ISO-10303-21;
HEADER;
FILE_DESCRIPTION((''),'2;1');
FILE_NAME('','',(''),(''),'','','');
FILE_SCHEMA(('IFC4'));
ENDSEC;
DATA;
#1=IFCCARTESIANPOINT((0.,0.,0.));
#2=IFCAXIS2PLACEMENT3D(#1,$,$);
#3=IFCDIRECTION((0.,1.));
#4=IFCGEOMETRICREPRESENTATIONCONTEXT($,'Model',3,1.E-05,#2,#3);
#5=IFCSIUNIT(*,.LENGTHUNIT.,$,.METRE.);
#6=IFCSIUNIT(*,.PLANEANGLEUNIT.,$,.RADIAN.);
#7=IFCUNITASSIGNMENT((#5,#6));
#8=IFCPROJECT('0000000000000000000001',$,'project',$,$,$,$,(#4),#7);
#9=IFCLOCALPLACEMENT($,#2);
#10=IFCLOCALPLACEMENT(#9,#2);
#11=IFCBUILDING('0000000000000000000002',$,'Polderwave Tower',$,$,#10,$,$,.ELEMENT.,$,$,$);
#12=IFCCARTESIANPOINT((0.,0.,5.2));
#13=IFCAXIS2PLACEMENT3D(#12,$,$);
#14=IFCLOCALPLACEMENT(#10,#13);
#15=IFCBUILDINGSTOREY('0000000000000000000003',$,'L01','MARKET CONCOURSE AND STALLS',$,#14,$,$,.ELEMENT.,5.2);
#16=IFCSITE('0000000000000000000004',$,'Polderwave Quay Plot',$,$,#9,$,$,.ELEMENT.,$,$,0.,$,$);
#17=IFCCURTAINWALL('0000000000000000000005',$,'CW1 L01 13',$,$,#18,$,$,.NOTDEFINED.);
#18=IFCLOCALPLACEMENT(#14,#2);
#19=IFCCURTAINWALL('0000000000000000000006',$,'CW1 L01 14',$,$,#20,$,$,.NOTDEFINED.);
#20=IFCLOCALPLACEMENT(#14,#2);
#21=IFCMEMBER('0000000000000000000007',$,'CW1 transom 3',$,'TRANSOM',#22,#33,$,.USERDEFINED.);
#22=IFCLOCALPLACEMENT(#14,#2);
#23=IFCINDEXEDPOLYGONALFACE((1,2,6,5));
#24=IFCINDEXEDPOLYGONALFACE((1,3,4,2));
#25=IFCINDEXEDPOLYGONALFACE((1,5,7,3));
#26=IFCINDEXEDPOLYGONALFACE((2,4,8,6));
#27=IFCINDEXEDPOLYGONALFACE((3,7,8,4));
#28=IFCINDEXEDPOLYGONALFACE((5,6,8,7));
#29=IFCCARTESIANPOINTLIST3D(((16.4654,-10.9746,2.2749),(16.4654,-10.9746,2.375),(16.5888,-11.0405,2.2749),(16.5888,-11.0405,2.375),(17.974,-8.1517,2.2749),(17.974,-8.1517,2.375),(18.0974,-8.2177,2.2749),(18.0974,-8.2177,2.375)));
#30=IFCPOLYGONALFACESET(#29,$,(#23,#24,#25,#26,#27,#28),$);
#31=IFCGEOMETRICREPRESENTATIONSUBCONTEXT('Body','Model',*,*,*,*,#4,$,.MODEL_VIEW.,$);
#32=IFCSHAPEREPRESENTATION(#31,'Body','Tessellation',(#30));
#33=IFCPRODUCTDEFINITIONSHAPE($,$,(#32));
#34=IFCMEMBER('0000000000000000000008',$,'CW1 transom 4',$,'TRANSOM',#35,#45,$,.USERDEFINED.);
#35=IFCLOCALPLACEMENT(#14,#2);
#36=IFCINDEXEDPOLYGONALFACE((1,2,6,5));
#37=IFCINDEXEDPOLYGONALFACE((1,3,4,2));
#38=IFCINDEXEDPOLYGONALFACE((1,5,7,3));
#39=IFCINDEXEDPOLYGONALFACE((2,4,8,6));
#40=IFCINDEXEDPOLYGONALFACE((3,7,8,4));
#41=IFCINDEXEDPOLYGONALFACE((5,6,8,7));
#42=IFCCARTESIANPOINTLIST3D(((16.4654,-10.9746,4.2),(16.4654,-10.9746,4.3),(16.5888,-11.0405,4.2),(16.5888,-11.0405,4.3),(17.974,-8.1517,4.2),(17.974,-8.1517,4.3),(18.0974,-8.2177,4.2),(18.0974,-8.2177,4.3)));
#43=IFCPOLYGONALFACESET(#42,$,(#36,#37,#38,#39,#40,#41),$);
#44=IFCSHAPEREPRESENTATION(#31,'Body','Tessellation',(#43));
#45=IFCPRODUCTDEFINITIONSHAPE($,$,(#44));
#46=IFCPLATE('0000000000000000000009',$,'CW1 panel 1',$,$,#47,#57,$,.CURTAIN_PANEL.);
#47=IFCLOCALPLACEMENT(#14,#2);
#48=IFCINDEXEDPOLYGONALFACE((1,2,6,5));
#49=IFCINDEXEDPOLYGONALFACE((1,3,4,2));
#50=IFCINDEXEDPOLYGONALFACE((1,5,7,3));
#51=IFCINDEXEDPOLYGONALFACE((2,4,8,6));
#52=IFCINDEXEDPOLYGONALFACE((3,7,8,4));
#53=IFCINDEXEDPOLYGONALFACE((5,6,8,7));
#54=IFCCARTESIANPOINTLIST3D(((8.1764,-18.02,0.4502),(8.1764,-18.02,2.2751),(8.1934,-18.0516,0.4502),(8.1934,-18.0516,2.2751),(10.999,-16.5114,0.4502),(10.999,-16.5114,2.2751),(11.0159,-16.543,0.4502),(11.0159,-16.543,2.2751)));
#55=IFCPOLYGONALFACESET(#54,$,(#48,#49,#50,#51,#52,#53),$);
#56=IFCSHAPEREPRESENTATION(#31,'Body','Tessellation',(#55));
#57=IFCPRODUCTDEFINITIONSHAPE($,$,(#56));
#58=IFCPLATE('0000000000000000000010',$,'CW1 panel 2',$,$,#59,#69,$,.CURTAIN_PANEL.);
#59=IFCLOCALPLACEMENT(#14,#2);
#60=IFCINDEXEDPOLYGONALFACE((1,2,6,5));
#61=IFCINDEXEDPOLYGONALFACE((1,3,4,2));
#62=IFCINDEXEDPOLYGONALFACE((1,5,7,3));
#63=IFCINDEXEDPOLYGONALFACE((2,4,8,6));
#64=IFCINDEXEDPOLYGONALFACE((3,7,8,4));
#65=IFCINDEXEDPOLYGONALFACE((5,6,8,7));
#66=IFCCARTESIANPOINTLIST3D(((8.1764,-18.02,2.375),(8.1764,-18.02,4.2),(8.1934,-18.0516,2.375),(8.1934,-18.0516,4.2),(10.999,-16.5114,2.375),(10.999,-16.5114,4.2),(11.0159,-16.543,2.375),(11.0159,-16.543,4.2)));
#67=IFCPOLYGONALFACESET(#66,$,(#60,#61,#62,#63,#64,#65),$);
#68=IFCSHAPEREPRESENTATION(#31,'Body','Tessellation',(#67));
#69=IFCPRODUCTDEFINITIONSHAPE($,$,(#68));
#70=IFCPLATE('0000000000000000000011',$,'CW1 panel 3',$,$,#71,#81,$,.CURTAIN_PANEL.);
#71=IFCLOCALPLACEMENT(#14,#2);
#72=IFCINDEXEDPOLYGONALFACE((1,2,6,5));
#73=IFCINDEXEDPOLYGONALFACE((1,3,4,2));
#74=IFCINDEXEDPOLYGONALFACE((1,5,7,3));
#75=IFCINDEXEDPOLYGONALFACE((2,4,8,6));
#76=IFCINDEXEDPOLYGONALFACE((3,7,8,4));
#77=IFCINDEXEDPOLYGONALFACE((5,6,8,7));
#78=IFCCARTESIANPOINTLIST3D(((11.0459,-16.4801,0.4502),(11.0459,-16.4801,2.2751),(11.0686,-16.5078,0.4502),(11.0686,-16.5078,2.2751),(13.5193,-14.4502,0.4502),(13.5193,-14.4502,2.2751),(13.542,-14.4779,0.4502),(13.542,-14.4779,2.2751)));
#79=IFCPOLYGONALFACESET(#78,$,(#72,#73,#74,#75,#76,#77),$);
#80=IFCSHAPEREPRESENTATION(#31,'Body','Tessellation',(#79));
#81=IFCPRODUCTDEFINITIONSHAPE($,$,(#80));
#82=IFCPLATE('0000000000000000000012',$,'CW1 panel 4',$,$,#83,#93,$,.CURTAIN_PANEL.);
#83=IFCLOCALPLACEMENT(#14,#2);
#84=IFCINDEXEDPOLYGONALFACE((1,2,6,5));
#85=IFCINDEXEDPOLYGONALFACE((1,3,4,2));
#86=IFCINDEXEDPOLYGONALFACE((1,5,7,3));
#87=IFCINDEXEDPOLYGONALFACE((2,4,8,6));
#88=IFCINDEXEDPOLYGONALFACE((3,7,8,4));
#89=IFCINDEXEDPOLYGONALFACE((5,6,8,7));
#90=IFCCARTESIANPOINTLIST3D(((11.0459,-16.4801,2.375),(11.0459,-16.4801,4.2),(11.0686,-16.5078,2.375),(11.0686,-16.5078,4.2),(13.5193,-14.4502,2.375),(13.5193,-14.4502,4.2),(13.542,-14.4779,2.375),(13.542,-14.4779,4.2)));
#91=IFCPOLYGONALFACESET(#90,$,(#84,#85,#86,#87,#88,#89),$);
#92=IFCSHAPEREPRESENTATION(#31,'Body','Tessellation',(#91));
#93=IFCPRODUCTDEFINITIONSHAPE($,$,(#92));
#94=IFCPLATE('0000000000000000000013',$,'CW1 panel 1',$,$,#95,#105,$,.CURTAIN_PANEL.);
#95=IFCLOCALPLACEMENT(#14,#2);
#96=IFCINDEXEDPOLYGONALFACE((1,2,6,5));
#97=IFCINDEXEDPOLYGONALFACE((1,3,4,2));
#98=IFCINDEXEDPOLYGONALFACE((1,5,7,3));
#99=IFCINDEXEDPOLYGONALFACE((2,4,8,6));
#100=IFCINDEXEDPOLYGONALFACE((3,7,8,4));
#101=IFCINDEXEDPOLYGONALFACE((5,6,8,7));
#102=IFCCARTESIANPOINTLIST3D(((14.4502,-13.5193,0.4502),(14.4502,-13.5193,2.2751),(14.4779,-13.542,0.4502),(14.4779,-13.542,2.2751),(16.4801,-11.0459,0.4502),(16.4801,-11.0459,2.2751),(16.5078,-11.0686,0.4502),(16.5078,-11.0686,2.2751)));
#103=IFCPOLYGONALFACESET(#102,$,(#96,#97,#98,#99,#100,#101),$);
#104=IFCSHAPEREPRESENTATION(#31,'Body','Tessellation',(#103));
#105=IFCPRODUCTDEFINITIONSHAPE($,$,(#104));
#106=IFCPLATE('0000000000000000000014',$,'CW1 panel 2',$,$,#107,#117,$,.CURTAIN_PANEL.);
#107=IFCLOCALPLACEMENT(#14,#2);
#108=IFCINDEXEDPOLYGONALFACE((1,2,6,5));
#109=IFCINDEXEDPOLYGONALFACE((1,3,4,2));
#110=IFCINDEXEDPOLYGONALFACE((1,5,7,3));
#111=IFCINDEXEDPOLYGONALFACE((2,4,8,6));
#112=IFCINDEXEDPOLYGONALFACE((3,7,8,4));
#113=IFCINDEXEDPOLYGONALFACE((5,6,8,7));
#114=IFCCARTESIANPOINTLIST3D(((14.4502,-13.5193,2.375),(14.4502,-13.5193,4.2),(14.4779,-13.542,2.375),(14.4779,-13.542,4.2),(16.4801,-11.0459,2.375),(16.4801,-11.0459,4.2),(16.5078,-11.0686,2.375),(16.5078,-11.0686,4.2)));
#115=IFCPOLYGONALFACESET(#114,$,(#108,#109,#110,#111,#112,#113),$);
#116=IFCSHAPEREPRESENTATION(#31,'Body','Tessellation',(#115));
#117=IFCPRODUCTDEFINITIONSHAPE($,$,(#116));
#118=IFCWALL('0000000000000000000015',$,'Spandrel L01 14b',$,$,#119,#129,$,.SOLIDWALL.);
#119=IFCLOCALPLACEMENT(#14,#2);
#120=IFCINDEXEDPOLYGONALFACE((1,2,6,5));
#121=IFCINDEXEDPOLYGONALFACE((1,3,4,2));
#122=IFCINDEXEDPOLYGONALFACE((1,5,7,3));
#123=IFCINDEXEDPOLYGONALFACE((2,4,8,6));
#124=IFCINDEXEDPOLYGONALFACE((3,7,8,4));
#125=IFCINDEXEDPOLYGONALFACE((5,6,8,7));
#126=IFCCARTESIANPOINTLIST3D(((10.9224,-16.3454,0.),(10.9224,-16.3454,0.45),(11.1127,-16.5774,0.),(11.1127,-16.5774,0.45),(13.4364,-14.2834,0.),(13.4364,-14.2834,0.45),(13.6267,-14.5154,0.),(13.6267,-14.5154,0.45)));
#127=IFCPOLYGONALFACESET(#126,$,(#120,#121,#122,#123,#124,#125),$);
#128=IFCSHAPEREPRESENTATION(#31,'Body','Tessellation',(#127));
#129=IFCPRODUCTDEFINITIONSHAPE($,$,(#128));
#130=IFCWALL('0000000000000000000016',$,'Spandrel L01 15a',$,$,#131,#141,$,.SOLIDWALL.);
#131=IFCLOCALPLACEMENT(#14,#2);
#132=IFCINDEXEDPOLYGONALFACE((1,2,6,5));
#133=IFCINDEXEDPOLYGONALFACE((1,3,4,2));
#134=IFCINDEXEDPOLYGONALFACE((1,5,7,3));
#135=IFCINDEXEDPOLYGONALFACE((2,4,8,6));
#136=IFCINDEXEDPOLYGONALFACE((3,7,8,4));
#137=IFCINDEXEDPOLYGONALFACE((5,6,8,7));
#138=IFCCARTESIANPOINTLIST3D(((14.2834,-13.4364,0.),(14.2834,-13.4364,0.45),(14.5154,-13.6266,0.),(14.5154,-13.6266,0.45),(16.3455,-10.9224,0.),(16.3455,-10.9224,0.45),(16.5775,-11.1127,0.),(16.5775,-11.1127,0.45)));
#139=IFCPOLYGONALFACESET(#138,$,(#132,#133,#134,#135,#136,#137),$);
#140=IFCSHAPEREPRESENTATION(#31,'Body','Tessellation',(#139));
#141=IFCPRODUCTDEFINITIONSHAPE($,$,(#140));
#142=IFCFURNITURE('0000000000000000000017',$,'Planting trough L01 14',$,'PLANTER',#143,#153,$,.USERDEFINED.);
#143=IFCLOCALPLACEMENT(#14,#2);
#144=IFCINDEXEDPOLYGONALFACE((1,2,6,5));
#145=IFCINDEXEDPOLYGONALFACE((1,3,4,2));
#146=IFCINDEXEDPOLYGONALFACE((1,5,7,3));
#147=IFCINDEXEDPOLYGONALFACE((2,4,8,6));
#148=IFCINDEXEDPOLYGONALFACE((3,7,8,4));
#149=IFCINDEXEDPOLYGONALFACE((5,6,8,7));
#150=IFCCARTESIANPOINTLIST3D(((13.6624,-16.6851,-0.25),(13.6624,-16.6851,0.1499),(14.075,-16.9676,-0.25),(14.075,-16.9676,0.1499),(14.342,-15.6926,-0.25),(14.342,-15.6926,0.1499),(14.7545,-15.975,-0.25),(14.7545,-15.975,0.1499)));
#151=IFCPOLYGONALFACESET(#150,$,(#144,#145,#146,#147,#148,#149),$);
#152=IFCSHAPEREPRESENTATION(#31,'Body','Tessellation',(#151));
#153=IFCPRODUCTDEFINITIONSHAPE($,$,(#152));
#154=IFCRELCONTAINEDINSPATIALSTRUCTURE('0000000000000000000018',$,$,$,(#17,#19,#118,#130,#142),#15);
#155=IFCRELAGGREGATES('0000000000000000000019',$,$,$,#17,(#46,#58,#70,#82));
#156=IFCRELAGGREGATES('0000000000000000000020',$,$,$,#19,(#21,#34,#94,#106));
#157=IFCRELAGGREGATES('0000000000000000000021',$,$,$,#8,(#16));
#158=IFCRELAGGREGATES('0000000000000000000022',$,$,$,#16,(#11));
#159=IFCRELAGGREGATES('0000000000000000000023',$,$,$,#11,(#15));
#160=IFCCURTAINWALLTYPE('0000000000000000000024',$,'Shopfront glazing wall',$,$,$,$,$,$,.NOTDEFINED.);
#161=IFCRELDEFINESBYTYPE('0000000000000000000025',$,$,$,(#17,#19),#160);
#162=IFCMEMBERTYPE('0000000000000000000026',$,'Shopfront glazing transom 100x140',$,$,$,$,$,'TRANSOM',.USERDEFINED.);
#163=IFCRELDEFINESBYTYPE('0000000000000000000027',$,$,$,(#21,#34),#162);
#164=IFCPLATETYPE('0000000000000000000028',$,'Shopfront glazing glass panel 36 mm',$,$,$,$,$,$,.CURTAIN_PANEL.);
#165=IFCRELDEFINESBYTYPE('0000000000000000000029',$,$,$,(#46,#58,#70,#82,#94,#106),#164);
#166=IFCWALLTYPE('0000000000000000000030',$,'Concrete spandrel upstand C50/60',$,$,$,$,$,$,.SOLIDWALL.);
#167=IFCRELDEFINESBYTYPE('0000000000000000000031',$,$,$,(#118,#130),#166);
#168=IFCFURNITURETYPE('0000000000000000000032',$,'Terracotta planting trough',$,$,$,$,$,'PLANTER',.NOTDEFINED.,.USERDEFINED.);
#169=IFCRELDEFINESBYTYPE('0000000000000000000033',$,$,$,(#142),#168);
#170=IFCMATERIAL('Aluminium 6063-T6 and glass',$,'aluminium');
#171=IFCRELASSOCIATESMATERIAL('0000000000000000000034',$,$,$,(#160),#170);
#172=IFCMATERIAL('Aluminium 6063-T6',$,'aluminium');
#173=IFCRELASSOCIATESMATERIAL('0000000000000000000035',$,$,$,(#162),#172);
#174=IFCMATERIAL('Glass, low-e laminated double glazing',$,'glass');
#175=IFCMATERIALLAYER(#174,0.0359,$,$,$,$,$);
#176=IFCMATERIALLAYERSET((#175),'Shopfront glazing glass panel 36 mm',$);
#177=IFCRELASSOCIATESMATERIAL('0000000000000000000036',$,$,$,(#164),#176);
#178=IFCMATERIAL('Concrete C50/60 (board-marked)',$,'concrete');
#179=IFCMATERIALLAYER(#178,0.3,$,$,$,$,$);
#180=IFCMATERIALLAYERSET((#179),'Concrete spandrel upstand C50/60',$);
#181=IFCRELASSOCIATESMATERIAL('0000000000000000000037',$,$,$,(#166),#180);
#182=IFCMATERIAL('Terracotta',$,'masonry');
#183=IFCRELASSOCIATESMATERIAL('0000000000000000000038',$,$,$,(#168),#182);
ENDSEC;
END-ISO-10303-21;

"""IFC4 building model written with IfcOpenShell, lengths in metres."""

from ifc_helpers import new_model, si_unit, direction, frame, frame_2d, origin, origin_2d, place, context, subcontext, project, spatial, rectangle, extrude, material, layer, layer_set, material_profile, profile_set, type_object, element, aggregate, save


model = new_model("IFC4")

# Units and contexts
model_context = context("Model", 3, precision=1e-05, world=origin(), true_north=direction((0.0, 1.0)))
body_context = subcontext(model_context, "Body", "Model", "MODEL_VIEW")
ifc_project = project(units=[si_unit("LENGTHUNIT", "METRE"), si_unit("PLANEANGLEUNIT", "RADIAN")], contexts=[model_context])

# Site, building, storey
site_placement = place(None, origin())
site = spatial("IfcSite", under=ifc_project, at=site_placement, Name="Polderwave Quay Plot", CompositionType="ELEMENT", RefElevation=0.0)
building_placement = place(site_placement, origin())
building = spatial("IfcBuilding", under=site, at=building_placement, Name="Polderwave Tower", CompositionType="ELEMENT")
storey_placement = place(building_placement, frame((0.0, 0.0, 5.2)))
storey = spatial("IfcBuildingStorey", under=building, at=storey_placement, Name="L01", Description="MARKET CONCOURSE AND STALLS", CompositionType="ELEMENT", Elevation=5.2)

# Curtain walls
ifc_material_1 = material(Name="Aluminium 6063-T6 and glass", Category="aluminium")
curtain_wall_type = type_object("IfcCurtainWallType", Name="Shopfront glazing wall", PredefinedType="NOTDEFINED", material=ifc_material_1)
curtain_wall_1_placement = place(storey_placement, origin())
curtain_wall_1 = element("IfcCurtainWall", 1, at=curtain_wall_1_placement, inside=storey, type_object=curtain_wall_type, Name="CW1 L01 13", PredefinedType="NOTDEFINED")
ifc_material_2 = material(Name="Aluminium 6063-T6", Category="aluminium")
curtain_wall_2_placement = place(storey_placement, origin())
curtain_wall_2 = element("IfcCurtainWall", 2, at=curtain_wall_2_placement, inside=storey, type_object=curtain_wall_type, Name="CW1 L01 14", PredefinedType="NOTDEFINED")

# Members
ifc_material_profile_1 = material_profile(ifc_material_2, rectangle(XDim=0.1399, YDim=0.1001, at=origin_2d()), Name="AL 100x140")
ifc_profile_set_1 = profile_set([ifc_material_profile_1], Name="Aluminium 6063-T6")
member_type_1 = type_object("IfcMemberType", Name="Shopfront glazing transom 100x140", ElementType="TRANSOM", PredefinedType="USERDEFINED", material=ifc_profile_set_1)
member_1_placement = place(storey_placement, frame((16.5271, -11.0076, 2.325), z_axis=(0.471336, 0.881954, 0.0), x_axis=(-0.881954, 0.471336, 0.0)))
member_1 = element("IfcMember", 3, at=member_1_placement, type_object=member_type_1, Name="CW1 transom 3", ObjectType="TRANSOM", PredefinedType="USERDEFINED", context=body_context, shape_type="SweptSolid", body=[
    extrude(rectangle(XDim=0.1399, YDim=0.1001, at=origin_2d()), origin(), (0.0, 0.0, 1.0), 3.2007),
])
member_2_placement = place(storey_placement, frame((16.5271, -11.0076, 4.25), z_axis=(0.471336, 0.881954, 0.0), x_axis=(-0.881954, 0.471336, 0.0)))
member_2 = element("IfcMember", 4, at=member_2_placement, type_object=member_type_1, Name="CW1 transom 4", ObjectType="TRANSOM", PredefinedType="USERDEFINED", context=body_context, shape_type="SweptSolid", body=[
    extrude(rectangle(XDim=0.1399, YDim=0.1001, at=origin_2d()), origin(), (0.0, 0.0, 1.0), 3.2007),
])

# Plates
ifc_material_3 = material(Name="Glass, low-e laminated double glazing", Category="glass")
ifc_layer_1 = layer(ifc_material_3, 0.0359)
ifc_layer_set_1 = layer_set([ifc_layer_1], Name="Shopfront glazing glass panel 36 mm")
plate_type = type_object("IfcPlateType", Name="Shopfront glazing glass panel 36 mm", PredefinedType="CURTAIN_PANEL", material=ifc_layer_set_1)
plate_1_placement = place(storey_placement, frame((9.5962, -17.2815, 0.4502), z_axis=(0.0, 0.0, 1.0), x_axis=(0.88194, 0.471361, 0.0)))
plate_1 = element("IfcPlate", 5, at=plate_1_placement, type_object=plate_type, Name="CW1 panel 1", PredefinedType="CURTAIN_PANEL", context=body_context, shape_type="SweptSolid", body=[
    extrude(rectangle(XDim=3.2004, YDim=0.0359, at=origin_2d()), origin(), (0.0, 0.0, 1.0), 1.825),
])
plate_2_placement = place(storey_placement, frame((9.5962, -17.2815, 2.375), z_axis=(0.0, 0.0, 1.0), x_axis=(0.88194, 0.471361, 0.0)))
plate_2 = element("IfcPlate", 6, at=plate_2_placement, type_object=plate_type, Name="CW1 panel 2", PredefinedType="CURTAIN_PANEL", context=body_context, shape_type="SweptSolid", body=[
    extrude(rectangle(XDim=3.2004, YDim=0.0359, at=origin_2d()), origin(), (0.0, 0.0, 1.0), 1.825),
])
plate_3_placement = place(storey_placement, frame((12.2939, -15.479, 0.4502), z_axis=(0.0, 0.0, 1.0), x_axis=(0.773008, 0.634396, 0.0)))
plate_3 = element("IfcPlate", 7, at=plate_3_placement, type_object=plate_type, Name="CW1 panel 3", PredefinedType="CURTAIN_PANEL", context=body_context, shape_type="SweptSolid", body=[
    extrude(rectangle(XDim=3.1997, YDim=0.0359, at=origin_2d()), origin(), (0.0, 0.0, 1.0), 1.825),
])
plate_4_placement = place(storey_placement, frame((12.2939, -15.479, 2.375), z_axis=(0.0, 0.0, 1.0), x_axis=(0.773008, 0.634396, 0.0)))
plate_4 = element("IfcPlate", 8, at=plate_4_placement, type_object=plate_type, Name="CW1 panel 4", PredefinedType="CURTAIN_PANEL", context=body_context, shape_type="SweptSolid", body=[
    extrude(rectangle(XDim=3.1997, YDim=0.0359, at=origin_2d()), origin(), (0.0, 0.0, 1.0), 1.825),
])
aggregate(curtain_wall_1, [plate_1, plate_2, plate_3, plate_4])
plate_5_placement = place(storey_placement, frame((15.479, -12.2939, 0.4502), z_axis=(0.0, 0.0, 1.0), x_axis=(0.634396, 0.773008, 0.0)))
plate_5 = element("IfcPlate", 9, at=plate_5_placement, type_object=plate_type, Name="CW1 panel 1", PredefinedType="CURTAIN_PANEL", context=body_context, shape_type="SweptSolid", body=[
    extrude(rectangle(XDim=3.1997, YDim=0.0359, at=origin_2d()), origin(), (0.0, 0.0, 1.0), 1.825),
])
plate_6_placement = place(storey_placement, frame((15.479, -12.2939, 2.375), z_axis=(0.0, 0.0, 1.0), x_axis=(0.634396, 0.773008, 0.0)))
plate_6 = element("IfcPlate", 10, at=plate_6_placement, type_object=plate_type, Name="CW1 panel 2", PredefinedType="CURTAIN_PANEL", context=body_context, shape_type="SweptSolid", body=[
    extrude(rectangle(XDim=3.1997, YDim=0.0359, at=origin_2d()), origin(), (0.0, 0.0, 1.0), 1.825),
])
aggregate(curtain_wall_2, [member_1, member_2, plate_5, plate_6])

# Walls
ifc_material_4 = material(Name="Concrete C50/60 (board-marked)", Category="concrete")
ifc_layer_2 = layer(ifc_material_4, 0.3)
ifc_layer_set_2 = layer_set([ifc_layer_2], Name="Concrete spandrel upstand C50/60")
wall_type = type_object("IfcWallType", Name="Concrete spandrel upstand C50/60", PredefinedType="SOLIDWALL", material=ifc_layer_set_2)
for number, where, z_axis, x_axis, name in (
    (11, (11.0176, -16.4614, 0.0), (0.0, 0.0, 1.0), (0.773177, 0.63419, 0.0), "Spandrel L01 14b"),
    (12, (14.3994, -13.5315, 0.0), (0.0, 0.0, 1.0), (0.63419, 0.773177, 0.0), "Spandrel L01 15a"),
):
    element("IfcWall", number, at=place(storey_placement, frame(where, z_axis=z_axis, x_axis=x_axis)), inside=storey, type_object=wall_type, Name=name, PredefinedType="SOLIDWALL", context=body_context, shape_type="SweptSolid", body=[
        extrude(rectangle(XDim=3.2515, YDim=0.3, at=frame_2d((1.6257, 0.0))), origin(), (0.0, 0.0, 1.0), 0.45),
    ])

# Furniture
ifc_material_5 = material(Name="Terracotta", Category="masonry")
furniture_type = type_object("IfcFurnitureType", Name="Terracotta planting trough", ElementType="PLANTER", AssemblyPlace="NOTDEFINED", PredefinedType="USERDEFINED", material=ifc_material_5)
furniture_placement = place(storey_placement, frame((14.2085, -16.3301, -0.25), z_axis=(0.0, 0.0, 1.0), x_axis=(0.564922, 0.825144, 0.0)))
element("IfcFurniture", 13, at=furniture_placement, inside=storey, type_object=furniture_type, Name="Planting trough L01 14", ObjectType="PLANTER", PredefinedType="USERDEFINED", context=body_context, shape_type="SweptSolid", body=[
    extrude(rectangle(XDim=1.2029, YDim=0.5, at=origin_2d()), origin(), (0.0, 0.0, 1.0), 0.3999),
])

save(model, "model.ifc")
